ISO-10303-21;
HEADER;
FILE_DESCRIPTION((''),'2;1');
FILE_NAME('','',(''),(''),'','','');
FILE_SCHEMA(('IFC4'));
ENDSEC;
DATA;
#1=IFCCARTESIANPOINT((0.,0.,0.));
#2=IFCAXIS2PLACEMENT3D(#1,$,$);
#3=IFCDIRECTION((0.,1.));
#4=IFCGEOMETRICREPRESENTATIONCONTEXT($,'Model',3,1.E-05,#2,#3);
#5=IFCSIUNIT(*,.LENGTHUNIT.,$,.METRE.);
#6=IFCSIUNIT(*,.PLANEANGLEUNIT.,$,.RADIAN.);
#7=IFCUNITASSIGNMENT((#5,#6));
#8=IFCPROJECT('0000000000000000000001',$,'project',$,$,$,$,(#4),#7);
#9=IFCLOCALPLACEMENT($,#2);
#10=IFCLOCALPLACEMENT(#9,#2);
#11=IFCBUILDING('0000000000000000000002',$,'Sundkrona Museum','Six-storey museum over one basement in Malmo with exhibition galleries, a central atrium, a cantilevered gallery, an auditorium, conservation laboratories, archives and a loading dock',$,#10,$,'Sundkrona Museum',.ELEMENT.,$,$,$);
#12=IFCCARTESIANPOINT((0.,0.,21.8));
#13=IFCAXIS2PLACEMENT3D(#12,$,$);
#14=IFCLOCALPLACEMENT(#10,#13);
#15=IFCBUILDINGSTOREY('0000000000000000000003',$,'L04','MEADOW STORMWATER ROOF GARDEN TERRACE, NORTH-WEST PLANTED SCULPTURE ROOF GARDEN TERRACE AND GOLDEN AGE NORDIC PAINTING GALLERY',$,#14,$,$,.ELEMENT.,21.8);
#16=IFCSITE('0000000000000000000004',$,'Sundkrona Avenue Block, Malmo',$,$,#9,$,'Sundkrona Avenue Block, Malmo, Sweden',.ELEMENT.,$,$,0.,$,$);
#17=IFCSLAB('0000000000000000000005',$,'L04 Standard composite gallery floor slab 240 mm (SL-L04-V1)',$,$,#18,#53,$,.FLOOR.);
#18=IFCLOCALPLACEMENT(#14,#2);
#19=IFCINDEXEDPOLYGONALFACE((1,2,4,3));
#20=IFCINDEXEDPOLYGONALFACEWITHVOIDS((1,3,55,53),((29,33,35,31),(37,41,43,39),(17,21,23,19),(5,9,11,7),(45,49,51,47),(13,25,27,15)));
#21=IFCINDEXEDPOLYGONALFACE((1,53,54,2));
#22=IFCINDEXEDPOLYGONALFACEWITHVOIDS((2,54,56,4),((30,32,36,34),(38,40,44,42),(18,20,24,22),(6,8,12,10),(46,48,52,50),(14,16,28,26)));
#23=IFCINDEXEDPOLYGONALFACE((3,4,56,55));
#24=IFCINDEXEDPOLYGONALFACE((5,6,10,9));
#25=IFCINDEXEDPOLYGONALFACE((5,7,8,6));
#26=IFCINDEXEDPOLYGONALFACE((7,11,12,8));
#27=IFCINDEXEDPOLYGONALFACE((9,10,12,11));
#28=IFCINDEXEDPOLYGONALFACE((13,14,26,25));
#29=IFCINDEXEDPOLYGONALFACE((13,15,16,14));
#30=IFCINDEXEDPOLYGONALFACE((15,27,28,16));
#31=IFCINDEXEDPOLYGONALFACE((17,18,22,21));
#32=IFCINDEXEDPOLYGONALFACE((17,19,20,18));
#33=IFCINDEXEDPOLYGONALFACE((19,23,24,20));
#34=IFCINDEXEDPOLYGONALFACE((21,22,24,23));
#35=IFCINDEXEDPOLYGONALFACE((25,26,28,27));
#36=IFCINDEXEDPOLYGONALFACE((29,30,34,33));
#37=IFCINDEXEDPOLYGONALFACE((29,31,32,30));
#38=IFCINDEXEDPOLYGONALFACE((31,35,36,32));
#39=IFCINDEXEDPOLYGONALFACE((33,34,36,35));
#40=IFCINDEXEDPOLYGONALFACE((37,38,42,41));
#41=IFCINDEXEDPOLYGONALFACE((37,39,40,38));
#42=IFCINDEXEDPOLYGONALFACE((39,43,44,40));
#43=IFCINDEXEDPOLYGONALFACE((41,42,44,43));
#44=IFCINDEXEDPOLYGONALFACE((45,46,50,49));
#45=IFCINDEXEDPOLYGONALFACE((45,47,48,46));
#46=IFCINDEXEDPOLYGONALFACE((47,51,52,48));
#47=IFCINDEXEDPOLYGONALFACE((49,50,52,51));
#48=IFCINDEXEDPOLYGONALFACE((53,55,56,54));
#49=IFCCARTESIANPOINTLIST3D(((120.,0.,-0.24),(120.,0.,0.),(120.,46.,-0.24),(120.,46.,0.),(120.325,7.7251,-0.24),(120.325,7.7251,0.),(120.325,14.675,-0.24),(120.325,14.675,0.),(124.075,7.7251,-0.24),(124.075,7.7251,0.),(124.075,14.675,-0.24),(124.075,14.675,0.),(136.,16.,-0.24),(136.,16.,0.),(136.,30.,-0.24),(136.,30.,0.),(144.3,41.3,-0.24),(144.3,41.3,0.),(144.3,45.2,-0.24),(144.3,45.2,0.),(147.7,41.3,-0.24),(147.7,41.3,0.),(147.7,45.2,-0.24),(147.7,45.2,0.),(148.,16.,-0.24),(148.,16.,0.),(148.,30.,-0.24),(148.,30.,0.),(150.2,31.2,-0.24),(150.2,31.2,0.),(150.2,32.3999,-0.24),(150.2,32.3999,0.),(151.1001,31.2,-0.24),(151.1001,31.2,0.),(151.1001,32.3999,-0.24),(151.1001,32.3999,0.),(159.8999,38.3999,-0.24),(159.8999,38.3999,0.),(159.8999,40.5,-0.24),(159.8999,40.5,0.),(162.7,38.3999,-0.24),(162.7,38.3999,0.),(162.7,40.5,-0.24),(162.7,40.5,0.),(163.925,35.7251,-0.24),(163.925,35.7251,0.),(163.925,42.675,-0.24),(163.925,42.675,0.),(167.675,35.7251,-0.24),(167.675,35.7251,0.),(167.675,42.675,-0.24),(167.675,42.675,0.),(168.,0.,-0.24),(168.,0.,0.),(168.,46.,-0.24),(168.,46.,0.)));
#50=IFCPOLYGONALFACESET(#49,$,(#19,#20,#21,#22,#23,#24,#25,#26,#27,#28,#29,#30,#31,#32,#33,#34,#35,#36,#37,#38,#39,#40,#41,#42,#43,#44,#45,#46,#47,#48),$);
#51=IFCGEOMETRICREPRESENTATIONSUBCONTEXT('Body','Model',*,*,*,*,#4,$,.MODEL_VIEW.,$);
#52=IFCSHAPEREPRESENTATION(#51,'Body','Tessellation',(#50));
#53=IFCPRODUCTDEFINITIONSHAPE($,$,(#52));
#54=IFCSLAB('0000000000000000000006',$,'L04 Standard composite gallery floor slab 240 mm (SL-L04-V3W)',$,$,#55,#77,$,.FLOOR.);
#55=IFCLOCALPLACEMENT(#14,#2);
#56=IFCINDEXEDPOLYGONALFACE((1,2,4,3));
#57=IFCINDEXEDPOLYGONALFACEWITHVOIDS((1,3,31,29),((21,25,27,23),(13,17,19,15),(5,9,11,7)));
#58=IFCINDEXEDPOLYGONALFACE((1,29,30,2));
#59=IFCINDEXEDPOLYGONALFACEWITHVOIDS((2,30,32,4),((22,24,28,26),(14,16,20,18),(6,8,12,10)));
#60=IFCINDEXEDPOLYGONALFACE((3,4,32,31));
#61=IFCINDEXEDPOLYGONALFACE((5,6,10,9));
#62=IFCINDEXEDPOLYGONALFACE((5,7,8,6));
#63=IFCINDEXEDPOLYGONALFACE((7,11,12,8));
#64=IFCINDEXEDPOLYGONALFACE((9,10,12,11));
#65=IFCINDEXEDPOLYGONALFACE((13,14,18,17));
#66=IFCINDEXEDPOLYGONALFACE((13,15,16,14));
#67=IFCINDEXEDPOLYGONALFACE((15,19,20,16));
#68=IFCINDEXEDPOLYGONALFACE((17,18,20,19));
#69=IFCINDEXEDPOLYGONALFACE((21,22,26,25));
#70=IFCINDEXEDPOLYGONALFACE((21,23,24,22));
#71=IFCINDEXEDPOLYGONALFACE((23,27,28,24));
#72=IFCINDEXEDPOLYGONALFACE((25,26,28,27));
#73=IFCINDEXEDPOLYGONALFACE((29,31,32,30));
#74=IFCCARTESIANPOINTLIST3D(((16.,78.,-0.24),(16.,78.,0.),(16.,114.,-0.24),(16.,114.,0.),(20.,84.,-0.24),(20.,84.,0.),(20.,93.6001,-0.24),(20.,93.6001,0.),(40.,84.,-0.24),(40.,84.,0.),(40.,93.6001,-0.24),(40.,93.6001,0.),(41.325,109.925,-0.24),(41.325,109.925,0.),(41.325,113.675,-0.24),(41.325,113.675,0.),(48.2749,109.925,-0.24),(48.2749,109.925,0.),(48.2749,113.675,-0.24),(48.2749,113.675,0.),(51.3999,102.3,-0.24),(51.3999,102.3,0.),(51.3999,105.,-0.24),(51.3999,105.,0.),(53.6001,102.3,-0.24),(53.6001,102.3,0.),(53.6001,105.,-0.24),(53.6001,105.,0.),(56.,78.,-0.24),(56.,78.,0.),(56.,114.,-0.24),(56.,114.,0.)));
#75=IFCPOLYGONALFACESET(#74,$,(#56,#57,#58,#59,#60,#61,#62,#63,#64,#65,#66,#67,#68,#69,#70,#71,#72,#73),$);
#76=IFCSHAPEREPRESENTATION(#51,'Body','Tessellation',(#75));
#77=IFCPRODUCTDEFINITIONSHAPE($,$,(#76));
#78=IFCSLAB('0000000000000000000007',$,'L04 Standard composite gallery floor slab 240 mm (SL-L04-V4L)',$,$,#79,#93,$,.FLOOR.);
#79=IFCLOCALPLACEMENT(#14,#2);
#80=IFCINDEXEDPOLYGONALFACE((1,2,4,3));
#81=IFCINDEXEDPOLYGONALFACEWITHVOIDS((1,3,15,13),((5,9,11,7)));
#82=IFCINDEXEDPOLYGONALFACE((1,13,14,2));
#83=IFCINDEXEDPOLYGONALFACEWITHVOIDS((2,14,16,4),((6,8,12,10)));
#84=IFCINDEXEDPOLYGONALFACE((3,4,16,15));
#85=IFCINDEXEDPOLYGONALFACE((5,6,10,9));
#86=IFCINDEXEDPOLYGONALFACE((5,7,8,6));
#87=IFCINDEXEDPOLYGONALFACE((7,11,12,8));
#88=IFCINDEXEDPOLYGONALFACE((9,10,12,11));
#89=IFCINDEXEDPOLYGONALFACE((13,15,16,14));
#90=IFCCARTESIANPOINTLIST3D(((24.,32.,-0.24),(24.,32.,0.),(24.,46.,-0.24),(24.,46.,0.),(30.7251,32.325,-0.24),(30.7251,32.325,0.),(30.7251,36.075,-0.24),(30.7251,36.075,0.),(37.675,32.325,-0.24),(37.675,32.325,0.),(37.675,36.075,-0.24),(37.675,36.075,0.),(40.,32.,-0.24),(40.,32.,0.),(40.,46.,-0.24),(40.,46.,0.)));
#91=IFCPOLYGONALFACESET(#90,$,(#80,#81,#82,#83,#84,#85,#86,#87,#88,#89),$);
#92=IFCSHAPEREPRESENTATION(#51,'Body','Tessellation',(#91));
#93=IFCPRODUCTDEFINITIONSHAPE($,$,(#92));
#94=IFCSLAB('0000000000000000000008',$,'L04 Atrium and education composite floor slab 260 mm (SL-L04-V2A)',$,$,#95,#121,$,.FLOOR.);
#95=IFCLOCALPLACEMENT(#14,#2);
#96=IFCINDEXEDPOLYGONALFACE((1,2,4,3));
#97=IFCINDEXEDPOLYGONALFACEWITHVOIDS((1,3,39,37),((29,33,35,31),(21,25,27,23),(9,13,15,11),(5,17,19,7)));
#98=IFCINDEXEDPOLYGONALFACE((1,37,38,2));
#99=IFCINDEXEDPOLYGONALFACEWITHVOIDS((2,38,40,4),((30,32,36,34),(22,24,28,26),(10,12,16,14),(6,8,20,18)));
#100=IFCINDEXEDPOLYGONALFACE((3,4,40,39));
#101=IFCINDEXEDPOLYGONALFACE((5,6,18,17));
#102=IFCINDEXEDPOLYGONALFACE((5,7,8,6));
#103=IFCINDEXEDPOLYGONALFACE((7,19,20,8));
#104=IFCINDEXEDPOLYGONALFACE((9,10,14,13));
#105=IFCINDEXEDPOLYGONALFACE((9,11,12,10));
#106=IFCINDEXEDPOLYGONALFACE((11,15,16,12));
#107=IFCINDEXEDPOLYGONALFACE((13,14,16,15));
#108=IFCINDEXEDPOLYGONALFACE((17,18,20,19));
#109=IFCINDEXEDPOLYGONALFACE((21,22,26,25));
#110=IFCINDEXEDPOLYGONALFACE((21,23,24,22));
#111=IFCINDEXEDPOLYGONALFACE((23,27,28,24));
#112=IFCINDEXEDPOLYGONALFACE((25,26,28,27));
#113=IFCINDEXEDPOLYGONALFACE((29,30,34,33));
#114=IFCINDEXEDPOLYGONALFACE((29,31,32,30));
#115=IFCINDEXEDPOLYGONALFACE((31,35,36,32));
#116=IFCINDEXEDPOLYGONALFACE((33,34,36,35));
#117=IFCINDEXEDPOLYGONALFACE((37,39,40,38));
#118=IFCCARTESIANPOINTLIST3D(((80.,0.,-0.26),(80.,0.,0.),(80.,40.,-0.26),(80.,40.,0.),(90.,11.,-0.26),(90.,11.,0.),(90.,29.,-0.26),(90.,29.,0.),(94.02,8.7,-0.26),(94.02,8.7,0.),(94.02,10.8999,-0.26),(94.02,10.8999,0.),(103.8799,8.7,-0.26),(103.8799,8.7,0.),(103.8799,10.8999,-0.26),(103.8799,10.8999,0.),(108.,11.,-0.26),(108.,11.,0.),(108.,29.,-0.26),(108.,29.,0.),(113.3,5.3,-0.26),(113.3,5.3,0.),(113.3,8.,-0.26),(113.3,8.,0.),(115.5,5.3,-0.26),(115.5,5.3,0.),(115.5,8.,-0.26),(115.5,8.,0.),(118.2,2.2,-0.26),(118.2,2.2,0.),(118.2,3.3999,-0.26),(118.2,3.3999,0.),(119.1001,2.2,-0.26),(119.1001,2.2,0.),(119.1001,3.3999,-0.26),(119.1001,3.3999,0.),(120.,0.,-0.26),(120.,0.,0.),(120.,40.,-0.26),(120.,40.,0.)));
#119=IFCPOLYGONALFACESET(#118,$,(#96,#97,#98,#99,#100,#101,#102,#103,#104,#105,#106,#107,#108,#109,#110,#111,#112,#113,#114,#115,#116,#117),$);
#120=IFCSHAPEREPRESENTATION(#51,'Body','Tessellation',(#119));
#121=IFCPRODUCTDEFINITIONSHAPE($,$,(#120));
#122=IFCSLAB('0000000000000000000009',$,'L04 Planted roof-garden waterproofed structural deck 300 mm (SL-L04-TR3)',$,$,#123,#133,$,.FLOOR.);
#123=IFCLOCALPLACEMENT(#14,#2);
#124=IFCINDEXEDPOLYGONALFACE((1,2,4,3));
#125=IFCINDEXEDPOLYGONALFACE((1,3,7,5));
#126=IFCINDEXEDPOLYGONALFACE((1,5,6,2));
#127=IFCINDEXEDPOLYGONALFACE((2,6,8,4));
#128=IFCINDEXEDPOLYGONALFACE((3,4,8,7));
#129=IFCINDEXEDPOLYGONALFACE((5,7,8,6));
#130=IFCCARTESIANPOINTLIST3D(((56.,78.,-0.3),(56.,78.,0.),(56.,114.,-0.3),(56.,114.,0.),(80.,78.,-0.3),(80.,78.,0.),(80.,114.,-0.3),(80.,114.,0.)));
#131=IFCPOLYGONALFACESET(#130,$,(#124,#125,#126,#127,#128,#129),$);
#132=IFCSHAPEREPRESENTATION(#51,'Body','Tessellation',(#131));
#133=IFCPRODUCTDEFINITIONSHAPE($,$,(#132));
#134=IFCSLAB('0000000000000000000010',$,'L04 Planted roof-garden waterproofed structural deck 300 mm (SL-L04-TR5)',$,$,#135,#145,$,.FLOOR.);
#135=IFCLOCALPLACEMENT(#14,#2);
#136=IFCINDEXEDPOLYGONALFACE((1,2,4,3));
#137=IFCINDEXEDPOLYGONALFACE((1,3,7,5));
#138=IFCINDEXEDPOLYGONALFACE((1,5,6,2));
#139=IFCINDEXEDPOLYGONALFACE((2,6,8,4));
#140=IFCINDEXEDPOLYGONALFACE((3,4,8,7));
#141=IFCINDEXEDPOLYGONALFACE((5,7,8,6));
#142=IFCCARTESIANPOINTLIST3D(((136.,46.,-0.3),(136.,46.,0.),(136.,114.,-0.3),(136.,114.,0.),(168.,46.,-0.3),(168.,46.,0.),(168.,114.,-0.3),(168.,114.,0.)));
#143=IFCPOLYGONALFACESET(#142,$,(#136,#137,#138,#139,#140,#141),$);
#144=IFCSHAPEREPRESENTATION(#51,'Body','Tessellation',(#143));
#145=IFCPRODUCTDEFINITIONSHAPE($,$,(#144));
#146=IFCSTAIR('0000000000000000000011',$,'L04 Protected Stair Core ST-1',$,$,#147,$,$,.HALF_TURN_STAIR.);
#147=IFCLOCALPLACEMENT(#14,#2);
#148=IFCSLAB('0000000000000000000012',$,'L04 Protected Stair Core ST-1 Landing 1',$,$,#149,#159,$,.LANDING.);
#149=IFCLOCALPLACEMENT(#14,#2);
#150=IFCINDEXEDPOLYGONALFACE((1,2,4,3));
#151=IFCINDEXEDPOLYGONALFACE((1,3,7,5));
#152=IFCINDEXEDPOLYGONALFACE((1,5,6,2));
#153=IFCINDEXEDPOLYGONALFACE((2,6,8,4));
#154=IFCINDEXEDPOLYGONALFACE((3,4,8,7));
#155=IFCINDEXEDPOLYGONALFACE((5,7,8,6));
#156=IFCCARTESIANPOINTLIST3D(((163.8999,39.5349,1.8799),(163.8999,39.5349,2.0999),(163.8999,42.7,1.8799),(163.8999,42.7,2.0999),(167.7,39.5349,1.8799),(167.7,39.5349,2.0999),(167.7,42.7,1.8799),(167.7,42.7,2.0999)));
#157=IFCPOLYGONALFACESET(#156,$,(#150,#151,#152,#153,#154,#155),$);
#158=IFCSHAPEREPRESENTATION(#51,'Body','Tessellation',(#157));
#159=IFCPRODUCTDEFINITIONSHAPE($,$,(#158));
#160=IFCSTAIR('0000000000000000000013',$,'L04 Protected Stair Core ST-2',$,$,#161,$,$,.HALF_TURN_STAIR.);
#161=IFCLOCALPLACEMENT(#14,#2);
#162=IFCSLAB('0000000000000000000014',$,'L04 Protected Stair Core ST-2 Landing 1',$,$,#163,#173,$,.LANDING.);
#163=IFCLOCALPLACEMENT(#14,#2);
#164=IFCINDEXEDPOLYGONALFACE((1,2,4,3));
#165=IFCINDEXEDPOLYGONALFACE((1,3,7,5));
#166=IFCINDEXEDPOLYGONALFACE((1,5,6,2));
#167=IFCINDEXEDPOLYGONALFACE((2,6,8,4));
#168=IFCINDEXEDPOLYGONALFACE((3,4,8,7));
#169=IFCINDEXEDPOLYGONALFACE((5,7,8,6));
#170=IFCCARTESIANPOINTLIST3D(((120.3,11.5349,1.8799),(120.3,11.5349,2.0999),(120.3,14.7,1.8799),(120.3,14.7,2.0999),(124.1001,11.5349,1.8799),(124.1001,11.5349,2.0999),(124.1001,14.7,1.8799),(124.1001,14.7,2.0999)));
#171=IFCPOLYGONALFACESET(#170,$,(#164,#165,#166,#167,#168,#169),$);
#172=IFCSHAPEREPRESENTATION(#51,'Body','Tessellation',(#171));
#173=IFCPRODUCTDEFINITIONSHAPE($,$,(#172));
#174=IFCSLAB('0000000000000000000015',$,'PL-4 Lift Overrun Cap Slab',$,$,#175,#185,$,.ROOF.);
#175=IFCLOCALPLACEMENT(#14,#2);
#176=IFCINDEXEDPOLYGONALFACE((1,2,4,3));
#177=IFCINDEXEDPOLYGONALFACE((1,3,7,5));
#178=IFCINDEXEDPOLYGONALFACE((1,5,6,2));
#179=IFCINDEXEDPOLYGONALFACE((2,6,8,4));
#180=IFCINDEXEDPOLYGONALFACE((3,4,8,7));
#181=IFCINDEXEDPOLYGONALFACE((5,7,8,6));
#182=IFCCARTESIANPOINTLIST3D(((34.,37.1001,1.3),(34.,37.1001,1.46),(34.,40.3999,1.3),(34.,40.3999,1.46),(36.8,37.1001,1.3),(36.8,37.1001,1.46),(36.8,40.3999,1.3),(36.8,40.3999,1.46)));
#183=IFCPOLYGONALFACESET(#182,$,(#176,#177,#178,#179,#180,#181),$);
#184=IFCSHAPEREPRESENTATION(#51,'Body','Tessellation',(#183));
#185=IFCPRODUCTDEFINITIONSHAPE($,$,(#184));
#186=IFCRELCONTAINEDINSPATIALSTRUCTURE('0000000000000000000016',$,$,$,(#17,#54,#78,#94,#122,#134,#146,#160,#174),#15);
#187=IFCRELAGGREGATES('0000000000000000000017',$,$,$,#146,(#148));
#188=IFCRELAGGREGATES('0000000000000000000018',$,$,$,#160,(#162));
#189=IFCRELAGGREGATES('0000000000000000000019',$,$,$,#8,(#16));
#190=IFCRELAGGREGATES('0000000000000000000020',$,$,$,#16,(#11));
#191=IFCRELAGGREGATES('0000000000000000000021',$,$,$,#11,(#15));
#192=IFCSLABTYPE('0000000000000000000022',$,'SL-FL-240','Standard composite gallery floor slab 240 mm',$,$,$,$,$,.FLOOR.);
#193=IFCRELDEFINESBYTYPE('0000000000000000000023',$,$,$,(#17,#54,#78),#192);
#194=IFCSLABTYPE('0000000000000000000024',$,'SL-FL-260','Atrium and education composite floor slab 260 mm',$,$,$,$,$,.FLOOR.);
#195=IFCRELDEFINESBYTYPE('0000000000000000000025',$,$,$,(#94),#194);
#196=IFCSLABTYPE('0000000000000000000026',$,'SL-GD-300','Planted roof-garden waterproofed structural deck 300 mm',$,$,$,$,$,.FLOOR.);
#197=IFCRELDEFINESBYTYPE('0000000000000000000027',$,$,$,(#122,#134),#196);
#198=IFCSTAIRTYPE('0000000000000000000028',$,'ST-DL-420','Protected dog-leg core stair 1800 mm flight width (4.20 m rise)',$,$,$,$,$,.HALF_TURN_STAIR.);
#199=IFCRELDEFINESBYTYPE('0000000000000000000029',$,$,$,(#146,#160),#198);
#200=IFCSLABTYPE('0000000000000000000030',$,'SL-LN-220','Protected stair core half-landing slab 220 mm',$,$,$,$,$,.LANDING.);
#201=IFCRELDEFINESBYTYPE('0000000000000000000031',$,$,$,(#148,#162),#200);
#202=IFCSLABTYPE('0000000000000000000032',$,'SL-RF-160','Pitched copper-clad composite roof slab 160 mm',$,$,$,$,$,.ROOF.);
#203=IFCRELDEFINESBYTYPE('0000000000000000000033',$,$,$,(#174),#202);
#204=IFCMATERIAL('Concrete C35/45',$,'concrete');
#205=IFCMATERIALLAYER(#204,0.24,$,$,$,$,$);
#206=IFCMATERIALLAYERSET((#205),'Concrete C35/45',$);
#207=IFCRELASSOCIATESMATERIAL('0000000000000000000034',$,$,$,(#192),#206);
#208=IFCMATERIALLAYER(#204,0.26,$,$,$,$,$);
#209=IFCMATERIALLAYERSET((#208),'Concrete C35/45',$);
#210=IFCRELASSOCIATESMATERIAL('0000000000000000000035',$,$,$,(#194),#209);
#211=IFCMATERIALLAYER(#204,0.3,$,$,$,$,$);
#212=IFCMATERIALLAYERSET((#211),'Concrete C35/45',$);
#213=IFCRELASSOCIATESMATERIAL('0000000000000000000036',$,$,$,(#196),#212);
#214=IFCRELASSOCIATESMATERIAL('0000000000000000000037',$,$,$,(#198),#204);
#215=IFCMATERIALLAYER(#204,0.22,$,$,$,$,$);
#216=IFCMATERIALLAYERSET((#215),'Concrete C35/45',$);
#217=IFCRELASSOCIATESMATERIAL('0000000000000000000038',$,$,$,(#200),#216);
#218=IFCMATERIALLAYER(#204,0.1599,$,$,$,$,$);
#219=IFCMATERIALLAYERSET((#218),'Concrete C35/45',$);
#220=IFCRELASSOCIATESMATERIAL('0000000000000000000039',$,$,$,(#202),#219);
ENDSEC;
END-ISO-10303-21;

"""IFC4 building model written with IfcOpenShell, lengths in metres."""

from ifc_helpers import new_model, si_unit, direction, frame, origin, place, context, subcontext, project, spatial, polyline, outline, extrude, material, layer, layer_set, type_object, element, aggregate, save


model = new_model("IFC4")

# Units and contexts
model_context = context("Model", 3, precision=1e-05, world=origin(), true_north=direction((0.0, 1.0)))
body_context = subcontext(model_context, "Body", "Model", "MODEL_VIEW")
ifc_project = project(units=[si_unit("LENGTHUNIT", "METRE"), si_unit("PLANEANGLEUNIT", "RADIAN")], contexts=[model_context])

# Site, building, storey
site_placement = place(None, origin())
site = spatial("IfcSite", under=ifc_project, at=site_placement, Name="Sundkrona Avenue Block, Malmo", LongName="Sundkrona Avenue Block, Malmo, Sweden", CompositionType="ELEMENT", RefElevation=0.0)
building_placement = place(site_placement, origin())
building = spatial("IfcBuilding", under=site, at=building_placement, Name="Sundkrona Museum", Description="Six-storey museum over one basement in Malmo with exhibition galleries, a central atrium, a cantilevered gallery, an auditorium, conservation laboratories, archives and a loading dock", LongName="Sundkrona Museum", CompositionType="ELEMENT")
storey_placement = place(building_placement, frame((0.0, 0.0, 21.8)))
storey = spatial("IfcBuildingStorey", under=building, at=storey_placement, Name="L04", Description="MEADOW STORMWATER ROOF GARDEN TERRACE, NORTH-WEST PLANTED SCULPTURE ROOF GARDEN TERRACE AND GOLDEN AGE NORDIC PAINTING GALLERY", CompositionType="ELEMENT", Elevation=21.8)

# Slabs
ifc_material_1 = material(Name="Concrete C35/45", Category="concrete")
ifc_layer_1 = layer(ifc_material_1, 0.24)
ifc_layer_set_1 = layer_set([ifc_layer_1], Name="Concrete C35/45")
slab_type_1 = type_object("IfcSlabType", Name="SL-FL-240", Description="Standard composite gallery floor slab 240 mm", PredefinedType="FLOOR", material=ifc_layer_set_1)
slab_1_placement = place(storey_placement, frame((0.0, 0.0, -0.24)))
element("IfcSlab", 1, at=slab_1_placement, inside=storey, type_object=slab_type_1, Name="L04 Standard composite gallery floor slab 240 mm (SL-L04-V1)", PredefinedType="FLOOR", context=body_context, shape_type="SweptSolid", body=[
    extrude(outline(polyline([(120.0, 0.0), (168.0, 0.0), (168.0, 46.0), (120.0, 46.0), (120.0, 0.0)]), holes=[polyline([(167.675, 42.675), (167.675, 35.7251), (163.925, 35.7251), (163.925, 42.675), (167.675, 42.675)]), polyline([(159.8999, 40.5), (162.7, 40.5), (162.7, 38.3999), (159.8999, 38.3999), (159.8999, 40.5)]), polyline([(150.2, 32.3999), (151.1001, 32.3999), (151.1001, 31.2), (150.2, 31.2), (150.2, 32.3999)]), polyline([(136.0, 30.0), (148.0, 30.0), (148.0, 16.0), (136.0, 16.0), (136.0, 30.0)]), polyline([(144.3, 45.2), (147.7, 45.2), (147.7, 41.3), (144.3, 41.3), (144.3, 45.2)]), polyline([(124.075, 14.675), (124.075, 7.7251), (120.325, 7.7251), (120.325, 14.675), (124.075, 14.675)])]), origin(), (0.0, 0.0, 1.0), 0.24),
])
slab_2_placement = place(storey_placement, frame((0.0, 0.0, -0.24)))
element("IfcSlab", 2, at=slab_2_placement, inside=storey, type_object=slab_type_1, Name="L04 Standard composite gallery floor slab 240 mm (SL-L04-V3W)", PredefinedType="FLOOR", context=body_context, shape_type="SweptSolid", body=[
    extrude(outline(polyline([(16.0, 78.0), (56.0, 78.0), (56.0, 114.0), (16.0, 114.0), (16.0, 78.0)]), holes=[polyline([(53.6001, 102.3), (51.3999, 102.3), (51.3999, 105.0), (53.6001, 105.0), (53.6001, 102.3)]), polyline([(41.325, 113.675), (48.2749, 113.675), (48.2749, 109.925), (41.325, 109.925), (41.325, 113.675)]), polyline([(20.0, 93.6001), (40.0, 93.6001), (40.0, 84.0), (20.0, 84.0), (20.0, 93.6001)])]), origin(), (0.0, 0.0, 1.0), 0.24),
])
slab_3_placement = place(storey_placement, frame((0.0, 0.0, -0.24)))
element("IfcSlab", 3, at=slab_3_placement, inside=storey, type_object=slab_type_1, Name="L04 Standard composite gallery floor slab 240 mm (SL-L04-V4L)", PredefinedType="FLOOR", context=body_context, shape_type="SweptSolid", body=[
    extrude(outline(polyline([(24.0, 32.0), (40.0, 32.0), (40.0, 46.0), (24.0, 46.0), (24.0, 32.0)]), holes=[polyline([(37.675, 32.325), (30.7251, 32.325), (30.7251, 36.075), (37.675, 36.075), (37.675, 32.325)])]), origin(), (0.0, 0.0, 1.0), 0.24),
])
ifc_layer_2 = layer(ifc_material_1, 0.26)
ifc_layer_set_2 = layer_set([ifc_layer_2], Name="Concrete C35/45")
slab_type_2 = type_object("IfcSlabType", Name="SL-FL-260", Description="Atrium and education composite floor slab 260 mm", PredefinedType="FLOOR", material=ifc_layer_set_2)
slab_4_placement = place(storey_placement, frame((0.0, 0.0, -0.26)))
element("IfcSlab", 4, at=slab_4_placement, inside=storey, type_object=slab_type_2, Name="L04 Atrium and education composite floor slab 260 mm (SL-L04-V2A)", PredefinedType="FLOOR", context=body_context, shape_type="SweptSolid", body=[
    extrude(outline(polyline([(80.0, 0.0), (120.0, 0.0), (120.0, 40.0), (80.0, 40.0), (80.0, 0.0)]), holes=[polyline([(119.1001, 2.2), (118.2, 2.2), (118.2, 3.3999), (119.1001, 3.3999), (119.1001, 2.2)]), polyline([(115.5, 5.3), (113.3, 5.3), (113.3, 8.0), (115.5, 8.0), (115.5, 5.3)]), polyline([(108.0, 11.0), (90.0, 11.0), (90.0, 29.0), (108.0, 29.0), (108.0, 11.0)]), polyline([(103.8799, 8.7), (94.02, 8.7), (94.02, 10.8999), (103.8799, 10.8999), (103.8799, 8.7)])]), origin(), (0.0, 0.0, 1.0), 0.26),
])
ifc_layer_3 = layer(ifc_material_1, 0.3)
ifc_layer_set_3 = layer_set([ifc_layer_3], Name="Concrete C35/45")
slab_type_3 = type_object("IfcSlabType", Name="SL-GD-300", Description="Planted roof-garden waterproofed structural deck 300 mm", PredefinedType="FLOOR", material=ifc_layer_set_3)
slab_5_placement = place(storey_placement, frame((0.0, 0.0, -0.3)))
element("IfcSlab", 5, at=slab_5_placement, inside=storey, type_object=slab_type_3, Name="L04 Planted roof-garden waterproofed structural deck 300 mm (SL-L04-TR3)", PredefinedType="FLOOR", context=body_context, shape_type="SweptSolid", body=[
    extrude(outline(polyline([(56.0, 78.0), (80.0, 78.0), (80.0, 114.0), (56.0, 114.0), (56.0, 78.0)])), origin(), (0.0, 0.0, 1.0), 0.3),
])
slab_6_placement = place(storey_placement, frame((0.0, 0.0, -0.3)))
element("IfcSlab", 6, at=slab_6_placement, inside=storey, type_object=slab_type_3, Name="L04 Planted roof-garden waterproofed structural deck 300 mm (SL-L04-TR5)", PredefinedType="FLOOR", context=body_context, shape_type="SweptSolid", body=[
    extrude(outline(polyline([(136.0, 46.0), (168.0, 46.0), (168.0, 114.0), (136.0, 114.0), (136.0, 46.0)])), origin(), (0.0, 0.0, 1.0), 0.3),
])

# Stairs, slabs
stair_type = type_object("IfcStairType", Name="ST-DL-420", Description="Protected dog-leg core stair 1800 mm flight width (4.20 m rise)", PredefinedType="HALF_TURN_STAIR", material=ifc_material_1)
stair_1_placement = place(storey_placement, origin())
stair_1 = element("IfcStair", 7, at=stair_1_placement, inside=storey, type_object=stair_type, Name="L04 Protected Stair Core ST-1", PredefinedType="HALF_TURN_STAIR")
ifc_layer_4 = layer(ifc_material_1, 0.22)
ifc_layer_set_4 = layer_set([ifc_layer_4], Name="Concrete C35/45")
slab_type_4 = type_object("IfcSlabType", Name="SL-LN-220", Description="Protected stair core half-landing slab 220 mm", PredefinedType="LANDING", material=ifc_layer_set_4)
slab_7_placement = place(storey_placement, frame((0.0, 0.0, 1.8799)))
slab_7 = element("IfcSlab", 8, at=slab_7_placement, type_object=slab_type_4, Name="L04 Protected Stair Core ST-1 Landing 1", PredefinedType="LANDING", context=body_context, shape_type="SweptSolid", body=[
    extrude(outline(polyline([(167.7, 39.5349), (167.7, 42.7), (163.8999, 42.7), (163.8999, 39.5349), (167.7, 39.5349)])), origin(), (0.0, 0.0, 1.0), 0.22),
])
aggregate(stair_1, [slab_7])
stair_2_placement = place(storey_placement, origin())
stair_2 = element("IfcStair", 9, at=stair_2_placement, inside=storey, type_object=stair_type, Name="L04 Protected Stair Core ST-2", PredefinedType="HALF_TURN_STAIR")
slab_8_placement = place(storey_placement, frame((0.0, 0.0, 1.8799)))
slab_8 = element("IfcSlab", 10, at=slab_8_placement, type_object=slab_type_4, Name="L04 Protected Stair Core ST-2 Landing 1", PredefinedType="LANDING", context=body_context, shape_type="SweptSolid", body=[
    extrude(outline(polyline([(124.1001, 11.5349), (124.1001, 14.7), (120.3, 14.7), (120.3, 11.5349), (124.1001, 11.5349)])), origin(), (0.0, 0.0, 1.0), 0.22),
])
aggregate(stair_2, [slab_8])

# Slab
ifc_layer_5 = layer(ifc_material_1, 0.1599)
ifc_layer_set_5 = layer_set([ifc_layer_5], Name="Concrete C35/45")
slab_type_5 = type_object("IfcSlabType", Name="SL-RF-160", Description="Pitched copper-clad composite roof slab 160 mm", PredefinedType="ROOF", material=ifc_layer_set_5)
slab_9_placement = place(storey_placement, frame((0.0, 0.0, 1.3)))
element("IfcSlab", 11, at=slab_9_placement, inside=storey, type_object=slab_type_5, Name="PL-4 Lift Overrun Cap Slab", PredefinedType="ROOF", context=body_context, shape_type="SweptSolid", body=[
    extrude(outline(polyline([(34.0, 37.1001), (36.8, 37.1001), (36.8, 40.3999), (34.0, 40.3999), (34.0, 37.1001)])), origin(), (0.0, 0.0, 1.0), 0.1599),
])

save(model, "model.ifc")
